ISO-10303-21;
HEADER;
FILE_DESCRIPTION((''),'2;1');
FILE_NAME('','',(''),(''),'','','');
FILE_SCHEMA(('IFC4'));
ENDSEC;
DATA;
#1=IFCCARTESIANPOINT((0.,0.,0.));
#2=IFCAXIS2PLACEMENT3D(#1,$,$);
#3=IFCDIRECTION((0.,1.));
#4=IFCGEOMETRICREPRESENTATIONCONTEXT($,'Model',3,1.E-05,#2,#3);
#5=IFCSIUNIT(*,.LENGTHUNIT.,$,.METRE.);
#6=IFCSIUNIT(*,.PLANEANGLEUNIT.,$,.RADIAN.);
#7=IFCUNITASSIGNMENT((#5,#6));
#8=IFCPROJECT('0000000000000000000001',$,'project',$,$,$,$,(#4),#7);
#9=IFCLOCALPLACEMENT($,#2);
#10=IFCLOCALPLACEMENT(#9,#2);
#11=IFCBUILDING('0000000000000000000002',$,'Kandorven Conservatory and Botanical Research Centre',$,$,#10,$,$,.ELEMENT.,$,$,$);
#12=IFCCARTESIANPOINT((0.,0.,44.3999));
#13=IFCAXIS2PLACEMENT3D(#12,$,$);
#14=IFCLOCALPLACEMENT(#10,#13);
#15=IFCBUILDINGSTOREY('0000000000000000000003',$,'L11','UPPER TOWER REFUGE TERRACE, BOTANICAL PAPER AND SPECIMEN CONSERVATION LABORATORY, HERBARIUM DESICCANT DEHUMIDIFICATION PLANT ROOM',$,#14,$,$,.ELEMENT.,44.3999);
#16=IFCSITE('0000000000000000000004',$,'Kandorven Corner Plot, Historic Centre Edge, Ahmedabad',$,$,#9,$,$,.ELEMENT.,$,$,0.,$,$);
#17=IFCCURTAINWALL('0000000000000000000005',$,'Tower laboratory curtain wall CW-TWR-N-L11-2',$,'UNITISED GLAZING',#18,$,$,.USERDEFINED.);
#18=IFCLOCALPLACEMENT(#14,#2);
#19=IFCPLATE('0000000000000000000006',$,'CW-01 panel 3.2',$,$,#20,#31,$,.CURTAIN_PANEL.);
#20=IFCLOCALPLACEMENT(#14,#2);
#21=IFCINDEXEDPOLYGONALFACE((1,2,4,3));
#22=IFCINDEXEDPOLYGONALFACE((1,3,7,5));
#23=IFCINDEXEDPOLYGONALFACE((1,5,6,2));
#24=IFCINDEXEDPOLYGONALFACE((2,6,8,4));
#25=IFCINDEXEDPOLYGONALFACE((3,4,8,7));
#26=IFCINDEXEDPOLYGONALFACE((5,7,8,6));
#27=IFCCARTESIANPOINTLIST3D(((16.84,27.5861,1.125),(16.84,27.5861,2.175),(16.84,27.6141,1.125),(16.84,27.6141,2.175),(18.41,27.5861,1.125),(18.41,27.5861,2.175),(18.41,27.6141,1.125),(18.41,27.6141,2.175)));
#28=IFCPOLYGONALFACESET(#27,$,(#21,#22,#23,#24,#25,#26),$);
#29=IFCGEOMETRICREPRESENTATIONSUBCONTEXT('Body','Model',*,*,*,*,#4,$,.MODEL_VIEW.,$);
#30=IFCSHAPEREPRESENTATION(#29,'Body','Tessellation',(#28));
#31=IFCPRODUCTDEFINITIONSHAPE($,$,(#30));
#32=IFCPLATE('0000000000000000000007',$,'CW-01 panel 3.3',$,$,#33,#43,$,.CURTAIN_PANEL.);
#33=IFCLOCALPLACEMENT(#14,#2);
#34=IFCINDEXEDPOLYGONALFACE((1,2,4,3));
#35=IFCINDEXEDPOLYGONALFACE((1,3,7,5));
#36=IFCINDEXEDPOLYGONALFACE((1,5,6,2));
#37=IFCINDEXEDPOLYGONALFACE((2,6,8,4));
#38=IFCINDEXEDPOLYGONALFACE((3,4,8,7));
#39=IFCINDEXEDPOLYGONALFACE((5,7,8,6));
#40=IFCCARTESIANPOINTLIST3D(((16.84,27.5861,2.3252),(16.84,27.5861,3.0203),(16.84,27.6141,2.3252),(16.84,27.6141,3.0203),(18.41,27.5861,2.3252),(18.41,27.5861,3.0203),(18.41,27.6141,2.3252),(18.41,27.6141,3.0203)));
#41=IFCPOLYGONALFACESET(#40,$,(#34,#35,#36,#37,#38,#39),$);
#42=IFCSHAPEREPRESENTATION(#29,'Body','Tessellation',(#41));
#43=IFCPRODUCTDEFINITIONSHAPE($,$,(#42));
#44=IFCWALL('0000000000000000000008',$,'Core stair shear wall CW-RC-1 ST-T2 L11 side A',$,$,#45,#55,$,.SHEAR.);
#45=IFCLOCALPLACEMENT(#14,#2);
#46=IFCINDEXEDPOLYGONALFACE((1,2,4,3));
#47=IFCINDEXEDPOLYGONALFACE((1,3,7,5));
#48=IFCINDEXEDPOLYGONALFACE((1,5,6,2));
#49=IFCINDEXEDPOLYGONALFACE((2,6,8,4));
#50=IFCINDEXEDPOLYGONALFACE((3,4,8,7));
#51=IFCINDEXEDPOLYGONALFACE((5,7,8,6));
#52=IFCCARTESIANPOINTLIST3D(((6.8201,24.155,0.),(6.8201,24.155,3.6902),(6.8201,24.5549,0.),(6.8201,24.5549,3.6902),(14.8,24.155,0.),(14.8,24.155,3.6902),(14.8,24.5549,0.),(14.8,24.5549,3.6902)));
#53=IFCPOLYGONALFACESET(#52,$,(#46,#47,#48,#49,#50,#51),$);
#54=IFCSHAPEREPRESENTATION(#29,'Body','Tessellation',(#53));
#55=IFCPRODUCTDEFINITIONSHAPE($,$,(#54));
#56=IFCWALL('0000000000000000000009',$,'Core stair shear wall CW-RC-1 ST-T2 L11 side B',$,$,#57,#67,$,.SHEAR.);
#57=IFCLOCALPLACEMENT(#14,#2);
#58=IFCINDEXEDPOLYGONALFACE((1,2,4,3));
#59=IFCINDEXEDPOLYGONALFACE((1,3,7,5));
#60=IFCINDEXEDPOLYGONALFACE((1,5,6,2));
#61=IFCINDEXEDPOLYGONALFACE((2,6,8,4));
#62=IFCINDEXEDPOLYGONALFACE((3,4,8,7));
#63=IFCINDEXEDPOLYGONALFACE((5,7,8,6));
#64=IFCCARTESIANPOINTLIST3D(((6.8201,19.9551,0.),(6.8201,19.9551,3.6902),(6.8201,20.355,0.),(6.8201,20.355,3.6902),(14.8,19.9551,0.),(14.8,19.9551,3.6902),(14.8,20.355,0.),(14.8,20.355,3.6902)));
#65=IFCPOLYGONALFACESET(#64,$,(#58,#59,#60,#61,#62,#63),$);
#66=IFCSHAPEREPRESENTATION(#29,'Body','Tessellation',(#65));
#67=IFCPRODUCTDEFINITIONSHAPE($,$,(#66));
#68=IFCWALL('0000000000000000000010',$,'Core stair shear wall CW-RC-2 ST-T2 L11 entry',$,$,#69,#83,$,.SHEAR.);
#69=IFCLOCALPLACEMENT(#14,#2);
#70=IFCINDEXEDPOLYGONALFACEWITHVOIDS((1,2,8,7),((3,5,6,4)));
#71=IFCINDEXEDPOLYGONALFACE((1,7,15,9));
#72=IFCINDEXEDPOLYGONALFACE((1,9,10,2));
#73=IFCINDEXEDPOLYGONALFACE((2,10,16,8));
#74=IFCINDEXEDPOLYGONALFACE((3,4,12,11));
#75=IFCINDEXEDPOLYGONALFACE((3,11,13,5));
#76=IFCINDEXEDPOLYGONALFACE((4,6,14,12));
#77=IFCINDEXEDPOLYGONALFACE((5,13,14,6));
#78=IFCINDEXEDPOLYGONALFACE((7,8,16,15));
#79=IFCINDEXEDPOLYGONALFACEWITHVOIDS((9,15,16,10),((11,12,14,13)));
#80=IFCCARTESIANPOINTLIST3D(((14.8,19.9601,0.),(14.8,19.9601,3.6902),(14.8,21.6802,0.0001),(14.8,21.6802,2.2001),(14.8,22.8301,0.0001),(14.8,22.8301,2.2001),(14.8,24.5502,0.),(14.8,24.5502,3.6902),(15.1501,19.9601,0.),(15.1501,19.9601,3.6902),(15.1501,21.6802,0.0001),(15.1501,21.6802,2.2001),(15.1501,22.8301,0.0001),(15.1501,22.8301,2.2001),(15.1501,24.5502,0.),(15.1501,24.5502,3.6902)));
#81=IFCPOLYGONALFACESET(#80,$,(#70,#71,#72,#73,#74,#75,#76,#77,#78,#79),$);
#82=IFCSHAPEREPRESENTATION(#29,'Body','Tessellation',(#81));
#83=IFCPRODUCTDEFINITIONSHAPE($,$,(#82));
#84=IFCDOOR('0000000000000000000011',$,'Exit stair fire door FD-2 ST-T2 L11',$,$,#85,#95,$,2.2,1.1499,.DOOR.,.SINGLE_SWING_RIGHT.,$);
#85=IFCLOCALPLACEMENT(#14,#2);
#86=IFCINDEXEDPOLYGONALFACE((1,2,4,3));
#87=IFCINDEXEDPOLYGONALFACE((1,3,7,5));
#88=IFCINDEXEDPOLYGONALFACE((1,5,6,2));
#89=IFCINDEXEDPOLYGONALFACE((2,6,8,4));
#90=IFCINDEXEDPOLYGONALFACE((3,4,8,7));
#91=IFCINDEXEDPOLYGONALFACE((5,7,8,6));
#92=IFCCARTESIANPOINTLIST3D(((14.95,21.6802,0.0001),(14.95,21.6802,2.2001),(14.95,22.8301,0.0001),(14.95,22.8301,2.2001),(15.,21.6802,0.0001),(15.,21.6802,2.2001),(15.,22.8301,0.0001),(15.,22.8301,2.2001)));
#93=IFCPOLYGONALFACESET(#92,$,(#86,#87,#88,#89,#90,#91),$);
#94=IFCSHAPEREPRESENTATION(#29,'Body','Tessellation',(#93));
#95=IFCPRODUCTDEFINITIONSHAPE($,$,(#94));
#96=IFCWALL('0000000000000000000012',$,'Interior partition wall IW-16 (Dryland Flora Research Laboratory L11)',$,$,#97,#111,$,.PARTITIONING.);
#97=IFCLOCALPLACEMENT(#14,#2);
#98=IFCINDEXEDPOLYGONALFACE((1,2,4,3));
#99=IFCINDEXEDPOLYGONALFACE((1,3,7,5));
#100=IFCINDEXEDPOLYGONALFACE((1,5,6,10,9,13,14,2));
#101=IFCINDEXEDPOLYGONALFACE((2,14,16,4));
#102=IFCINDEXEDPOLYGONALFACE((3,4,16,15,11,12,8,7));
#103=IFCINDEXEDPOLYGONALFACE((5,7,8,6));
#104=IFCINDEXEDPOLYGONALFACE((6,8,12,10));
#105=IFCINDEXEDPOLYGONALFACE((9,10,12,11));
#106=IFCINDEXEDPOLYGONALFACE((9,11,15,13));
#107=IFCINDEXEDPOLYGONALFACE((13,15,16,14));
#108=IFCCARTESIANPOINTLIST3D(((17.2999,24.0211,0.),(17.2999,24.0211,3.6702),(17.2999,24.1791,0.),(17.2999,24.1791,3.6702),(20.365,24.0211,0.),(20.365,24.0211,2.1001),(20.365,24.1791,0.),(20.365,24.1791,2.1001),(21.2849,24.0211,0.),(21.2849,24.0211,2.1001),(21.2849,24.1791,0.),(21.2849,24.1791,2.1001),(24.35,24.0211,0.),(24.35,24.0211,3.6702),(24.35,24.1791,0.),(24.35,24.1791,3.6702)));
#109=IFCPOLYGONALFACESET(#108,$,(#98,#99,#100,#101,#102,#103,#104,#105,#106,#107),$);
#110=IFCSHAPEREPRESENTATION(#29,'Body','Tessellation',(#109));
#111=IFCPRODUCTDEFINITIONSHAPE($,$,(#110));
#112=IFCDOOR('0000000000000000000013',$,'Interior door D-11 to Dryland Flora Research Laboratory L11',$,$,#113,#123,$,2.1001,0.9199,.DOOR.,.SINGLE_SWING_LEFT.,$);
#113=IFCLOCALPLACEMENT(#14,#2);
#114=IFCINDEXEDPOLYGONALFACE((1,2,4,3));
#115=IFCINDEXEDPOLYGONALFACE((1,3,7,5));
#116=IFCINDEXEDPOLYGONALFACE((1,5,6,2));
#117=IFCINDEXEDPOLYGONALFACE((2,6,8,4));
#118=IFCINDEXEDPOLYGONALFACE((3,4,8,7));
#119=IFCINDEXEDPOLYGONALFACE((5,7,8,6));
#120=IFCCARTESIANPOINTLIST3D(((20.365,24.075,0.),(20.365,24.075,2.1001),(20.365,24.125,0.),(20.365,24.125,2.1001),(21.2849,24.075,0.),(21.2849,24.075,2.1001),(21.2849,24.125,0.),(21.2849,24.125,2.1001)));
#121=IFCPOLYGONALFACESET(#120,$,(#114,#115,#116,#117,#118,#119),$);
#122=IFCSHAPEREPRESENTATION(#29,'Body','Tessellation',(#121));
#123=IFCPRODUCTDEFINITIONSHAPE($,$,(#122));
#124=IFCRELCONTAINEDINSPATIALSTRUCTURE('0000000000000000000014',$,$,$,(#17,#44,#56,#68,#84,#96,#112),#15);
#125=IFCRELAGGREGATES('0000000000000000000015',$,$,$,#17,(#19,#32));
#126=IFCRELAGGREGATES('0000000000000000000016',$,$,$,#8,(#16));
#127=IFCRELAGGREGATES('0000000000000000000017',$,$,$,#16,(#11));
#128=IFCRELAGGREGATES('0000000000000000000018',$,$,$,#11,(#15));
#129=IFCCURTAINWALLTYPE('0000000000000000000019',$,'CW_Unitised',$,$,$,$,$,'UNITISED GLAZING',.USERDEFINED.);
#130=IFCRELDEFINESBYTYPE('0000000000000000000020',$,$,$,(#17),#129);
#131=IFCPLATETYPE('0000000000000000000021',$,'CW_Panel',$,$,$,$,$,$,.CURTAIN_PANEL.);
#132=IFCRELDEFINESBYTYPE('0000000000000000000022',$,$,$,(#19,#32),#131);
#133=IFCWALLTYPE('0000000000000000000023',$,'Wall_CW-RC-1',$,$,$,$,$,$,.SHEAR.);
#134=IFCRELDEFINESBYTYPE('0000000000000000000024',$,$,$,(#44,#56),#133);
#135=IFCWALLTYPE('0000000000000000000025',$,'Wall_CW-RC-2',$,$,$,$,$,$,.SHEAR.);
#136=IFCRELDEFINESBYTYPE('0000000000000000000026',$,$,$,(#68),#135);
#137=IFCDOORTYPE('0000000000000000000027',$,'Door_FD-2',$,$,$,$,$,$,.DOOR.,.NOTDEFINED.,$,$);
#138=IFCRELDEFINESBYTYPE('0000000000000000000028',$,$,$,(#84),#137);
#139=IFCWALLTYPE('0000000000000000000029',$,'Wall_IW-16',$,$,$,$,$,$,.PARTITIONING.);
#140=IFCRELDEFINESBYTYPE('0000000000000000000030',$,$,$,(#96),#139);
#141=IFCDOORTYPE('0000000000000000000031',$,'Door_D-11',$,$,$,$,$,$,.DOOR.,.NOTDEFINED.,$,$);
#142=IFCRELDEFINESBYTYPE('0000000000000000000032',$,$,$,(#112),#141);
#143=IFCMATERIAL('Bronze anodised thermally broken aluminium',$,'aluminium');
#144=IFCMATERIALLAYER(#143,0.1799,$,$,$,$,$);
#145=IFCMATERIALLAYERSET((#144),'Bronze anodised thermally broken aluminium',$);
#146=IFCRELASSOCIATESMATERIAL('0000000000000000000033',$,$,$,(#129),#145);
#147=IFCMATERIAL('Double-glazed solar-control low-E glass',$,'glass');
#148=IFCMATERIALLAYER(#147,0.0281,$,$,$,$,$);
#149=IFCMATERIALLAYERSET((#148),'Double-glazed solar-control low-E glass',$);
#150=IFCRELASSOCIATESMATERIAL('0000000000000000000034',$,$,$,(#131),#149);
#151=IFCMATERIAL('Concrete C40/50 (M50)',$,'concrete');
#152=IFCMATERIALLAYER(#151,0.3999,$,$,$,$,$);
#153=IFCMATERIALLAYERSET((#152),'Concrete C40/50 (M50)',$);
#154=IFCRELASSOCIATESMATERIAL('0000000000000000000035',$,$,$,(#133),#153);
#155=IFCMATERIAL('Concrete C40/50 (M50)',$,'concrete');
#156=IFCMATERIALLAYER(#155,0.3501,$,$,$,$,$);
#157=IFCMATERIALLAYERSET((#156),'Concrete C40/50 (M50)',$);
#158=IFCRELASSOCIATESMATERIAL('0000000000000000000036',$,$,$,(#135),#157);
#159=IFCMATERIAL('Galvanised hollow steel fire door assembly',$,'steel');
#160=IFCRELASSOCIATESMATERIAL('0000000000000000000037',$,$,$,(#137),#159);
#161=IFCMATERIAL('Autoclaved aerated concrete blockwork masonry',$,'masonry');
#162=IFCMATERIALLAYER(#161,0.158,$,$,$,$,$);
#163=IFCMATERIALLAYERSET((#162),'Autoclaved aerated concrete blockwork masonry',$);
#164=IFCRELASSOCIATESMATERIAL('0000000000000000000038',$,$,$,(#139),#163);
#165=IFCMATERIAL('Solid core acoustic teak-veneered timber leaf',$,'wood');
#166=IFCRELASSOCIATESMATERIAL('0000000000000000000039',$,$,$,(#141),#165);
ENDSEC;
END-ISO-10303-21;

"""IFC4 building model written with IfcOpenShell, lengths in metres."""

from ifc_helpers import new_model, si_unit, direction, frame, frame_2d, origin, origin_2d, place, context, subcontext, project, spatial, rectangle, extrude, material, layer, layer_set, type_object, element, fill, aggregate, save


model = new_model("IFC4")

# Units and contexts
model_context = context("Model", 3, precision=1e-05, world=origin(), true_north=direction((0.0, 1.0)))
body_context = subcontext(model_context, "Body", "Model", "MODEL_VIEW")
ifc_project = project(units=[si_unit("LENGTHUNIT", "METRE"), si_unit("PLANEANGLEUNIT", "RADIAN")], contexts=[model_context])

# Site, building, storey
site_placement = place(None, origin())
site = spatial("IfcSite", under=ifc_project, at=site_placement, Name="Kandorven Corner Plot, Historic Centre Edge, Ahmedabad", CompositionType="ELEMENT", RefElevation=0.0)
building_placement = place(site_placement, origin())
building = spatial("IfcBuilding", under=site, at=building_placement, Name="Kandorven Conservatory and Botanical Research Centre", CompositionType="ELEMENT")
storey_placement = place(building_placement, frame((0.0, 0.0, 44.3999)))
storey = spatial("IfcBuildingStorey", under=building, at=storey_placement, Name="L11", Description="UPPER TOWER REFUGE TERRACE, BOTANICAL PAPER AND SPECIMEN CONSERVATION LABORATORY, HERBARIUM DESICCANT DEHUMIDIFICATION PLANT ROOM", CompositionType="ELEMENT", Elevation=44.3999)

# Curtain wall, plates
ifc_material_1 = material(Name="Bronze anodised thermally broken aluminium", Category="aluminium")
ifc_layer_1 = layer(ifc_material_1, 0.1799)
ifc_layer_set_1 = layer_set([ifc_layer_1], Name="Bronze anodised thermally broken aluminium")
curtain_wall_type = type_object("IfcCurtainWallType", Name="CW_Unitised", ElementType="UNITISED GLAZING", PredefinedType="USERDEFINED", material=ifc_layer_set_1)
curtain_wall_placement = place(storey_placement, origin())
curtain_wall = element("IfcCurtainWall", 1, at=curtain_wall_placement, inside=storey, type_object=curtain_wall_type, Name="Tower laboratory curtain wall CW-TWR-N-L11-2", ObjectType="UNITISED GLAZING", PredefinedType="USERDEFINED")
ifc_material_2 = material(Name="Double-glazed solar-control low-E glass", Category="glass")
ifc_layer_2 = layer(ifc_material_2, 0.0281)
ifc_layer_set_2 = layer_set([ifc_layer_2], Name="Double-glazed solar-control low-E glass")
plate_type = type_object("IfcPlateType", Name="CW_Panel", PredefinedType="CURTAIN_PANEL", material=ifc_layer_set_2)
plate_1_placement = place(storey_placement, frame((17.625, 27.6001, 1.125), z_axis=(0.0, 0.0, 1.0), x_axis=(1.0, 0.0, 0.0)))
plate_1 = element("IfcPlate", 2, at=plate_1_placement, type_object=plate_type, Name="CW-01 panel 3.2", PredefinedType="CURTAIN_PANEL", context=body_context, shape_type="SweptSolid", body=[
    extrude(rectangle(XDim=1.5701, YDim=0.0281, at=origin_2d()), origin(), (0.0, 0.0, 1.0), 1.05),
])
plate_2_placement = place(storey_placement, frame((17.625, 27.6001, 2.3252), z_axis=(0.0, 0.0, 1.0), x_axis=(1.0, 0.0, 0.0)))
plate_2 = element("IfcPlate", 3, at=plate_2_placement, type_object=plate_type, Name="CW-01 panel 3.3", PredefinedType="CURTAIN_PANEL", context=body_context, shape_type="SweptSolid", body=[
    extrude(rectangle(XDim=1.5701, YDim=0.0281, at=origin_2d()), origin(), (0.0, 0.0, 1.0), 0.6951),
])
aggregate(curtain_wall, [plate_1, plate_2])

# Walls
ifc_material_3 = material(Name="Concrete C40/50 (M50)", Category="concrete")
ifc_layer_3 = layer(ifc_material_3, 0.3999)
ifc_layer_set_3 = layer_set([ifc_layer_3], Name="Concrete C40/50 (M50)")
wall_type_1 = type_object("IfcWallType", Name="Wall_CW-RC-1", PredefinedType="SHEAR", material=ifc_layer_set_3)
for number, where, z_axis, x_axis, name in (
    (4, (14.8, 24.355, 0.0), (0.0, 0.0, 1.0), (-1.0, 0.0, 0.0), "Core stair shear wall CW-RC-1 ST-T2 L11 side A"),
    (5, (14.8, 20.155, 0.0), (0.0, 0.0, 1.0), (-1.0, 0.0, 0.0), "Core stair shear wall CW-RC-1 ST-T2 L11 side B"),
):
    element("IfcWall", number, at=place(storey_placement, frame(where, z_axis=z_axis, x_axis=x_axis)), inside=storey, type_object=wall_type_1, Name=name, PredefinedType="SHEAR", context=body_context, shape_type="SweptSolid", body=[
        extrude(rectangle(XDim=7.98, YDim=0.3999, at=frame_2d((3.99, 0.0))), origin(), (0.0, 0.0, 1.0), 3.6902),
    ])

# Walls, openings, doors
ifc_material_4 = material(Name="Concrete C40/50 (M50)", Category="concrete")
ifc_layer_4 = layer(ifc_material_4, 0.3501)
ifc_layer_set_4 = layer_set([ifc_layer_4], Name="Concrete C40/50 (M50)")
wall_type_2 = type_object("IfcWallType", Name="Wall_CW-RC-2", PredefinedType="SHEAR", material=ifc_layer_set_4)
wall_1_placement = place(storey_placement, frame((14.9751, 24.55, 0.0), z_axis=(0.0, 0.0, 1.0), x_axis=(0.0, -1.0, 0.0)))
wall_1 = element("IfcWall", 6, at=wall_1_placement, inside=storey, type_object=wall_type_2, Name="Core stair shear wall CW-RC-2 ST-T2 L11 entry", PredefinedType="SHEAR", context=body_context, shape_type="SweptSolid", body=[
    extrude(rectangle(XDim=4.5901, YDim=0.3501, at=frame_2d((2.2949, 0.0))), origin(), (0.0, 0.0, 1.0), 3.6902),
])
opening_1_placement = place(wall_1_placement, frame((1.72, 0.0, 0.0)))
opening_1 = element("IfcOpeningElement", 7, at=opening_1_placement, cuts=wall_1, PredefinedType="OPENING", context=body_context, shape_type="SweptSolid", body=[
    extrude(rectangle(XDim=1.1499, YDim=2.2, at=frame_2d((0.575, 1.1001))), frame((0.0, 0.1851, 0.0), z_axis=(0.0, -1.0, 0.0), x_axis=(1.0, 0.0, 0.0)), (0.0, 0.0, 1.0), 0.3701),
])
ifc_material_5 = material(Name="Galvanised hollow steel fire door assembly", Category="steel")
door_type_1 = type_object("IfcDoorType", Name="Door_FD-2", OperationType="NOTDEFINED", PredefinedType="DOOR", material=ifc_material_5)
door_1_placement = place(opening_1_placement, origin())
door_1 = element("IfcDoor", 8, at=door_1_placement, inside=storey, type_object=door_type_1, Name="Exit stair fire door FD-2 ST-T2 L11", OperationType="SINGLE_SWING_RIGHT", OverallHeight=2.2, OverallWidth=1.1499, PredefinedType="DOOR", context=body_context, shape_type="SweptSolid", body=[
    extrude(rectangle(XDim=1.1499, YDim=2.2, at=frame_2d((0.575, 1.1001))), frame((0.0, 0.0249, 0.0), z_axis=(0.0, -1.0, 0.0), x_axis=(1.0, 0.0, 0.0)), (0.0, 0.0, 1.0), 0.05),
])
fill(opening_1, door_1)
ifc_material_6 = material(Name="Autoclaved aerated concrete blockwork masonry", Category="masonry")
ifc_layer_5 = layer(ifc_material_6, 0.158)
ifc_layer_set_5 = layer_set([ifc_layer_5], Name="Autoclaved aerated concrete blockwork masonry")
wall_type_3 = type_object("IfcWallType", Name="Wall_IW-16", PredefinedType="PARTITIONING", material=ifc_layer_set_5)
wall_2_placement = place(storey_placement, frame((17.3, 24.1001, 0.0), z_axis=(0.0, 0.0, 1.0), x_axis=(1.0, 0.0, 0.0)))
wall_2 = element("IfcWall", 9, at=wall_2_placement, inside=storey, type_object=wall_type_3, Name="Interior partition wall IW-16 (Dryland Flora Research Laboratory L11)", PredefinedType="PARTITIONING", context=body_context, shape_type="SweptSolid", body=[
    extrude(rectangle(XDim=7.05, YDim=0.158, at=frame_2d((3.5249, 0.0))), origin(), (0.0, 0.0, 1.0), 3.6702),
])
opening_2_placement = place(wall_2_placement, frame((3.0649, 0.0, 0.0)))
opening_2 = element("IfcOpeningElement", 10, at=opening_2_placement, cuts=wall_2, PredefinedType="OPENING", context=body_context, shape_type="SweptSolid", body=[
    extrude(rectangle(XDim=0.9199, YDim=2.1001, at=frame_2d((0.46, 1.05))), frame((0.0, 0.0889, 0.0), z_axis=(0.0, -1.0, 0.0), x_axis=(1.0, 0.0, 0.0)), (0.0, 0.0, 1.0), 0.178),
])
ifc_material_7 = material(Name="Solid core acoustic teak-veneered timber leaf", Category="wood")
door_type_2 = type_object("IfcDoorType", Name="Door_D-11", OperationType="NOTDEFINED", PredefinedType="DOOR", material=ifc_material_7)
door_2_placement = place(opening_2_placement, origin())
door_2 = element("IfcDoor", 11, at=door_2_placement, inside=storey, type_object=door_type_2, Name="Interior door D-11 to Dryland Flora Research Laboratory L11", OperationType="SINGLE_SWING_LEFT", OverallHeight=2.1001, OverallWidth=0.9199, PredefinedType="DOOR", context=body_context, shape_type="SweptSolid", body=[
    extrude(rectangle(XDim=0.9199, YDim=2.1001, at=frame_2d((0.46, 1.05))), frame((0.0, 0.0249, 0.0), z_axis=(0.0, -1.0, 0.0), x_axis=(1.0, 0.0, 0.0)), (0.0, 0.0, 1.0), 0.05),
])
fill(opening_2, door_2)

save(model, "model.ifc")
